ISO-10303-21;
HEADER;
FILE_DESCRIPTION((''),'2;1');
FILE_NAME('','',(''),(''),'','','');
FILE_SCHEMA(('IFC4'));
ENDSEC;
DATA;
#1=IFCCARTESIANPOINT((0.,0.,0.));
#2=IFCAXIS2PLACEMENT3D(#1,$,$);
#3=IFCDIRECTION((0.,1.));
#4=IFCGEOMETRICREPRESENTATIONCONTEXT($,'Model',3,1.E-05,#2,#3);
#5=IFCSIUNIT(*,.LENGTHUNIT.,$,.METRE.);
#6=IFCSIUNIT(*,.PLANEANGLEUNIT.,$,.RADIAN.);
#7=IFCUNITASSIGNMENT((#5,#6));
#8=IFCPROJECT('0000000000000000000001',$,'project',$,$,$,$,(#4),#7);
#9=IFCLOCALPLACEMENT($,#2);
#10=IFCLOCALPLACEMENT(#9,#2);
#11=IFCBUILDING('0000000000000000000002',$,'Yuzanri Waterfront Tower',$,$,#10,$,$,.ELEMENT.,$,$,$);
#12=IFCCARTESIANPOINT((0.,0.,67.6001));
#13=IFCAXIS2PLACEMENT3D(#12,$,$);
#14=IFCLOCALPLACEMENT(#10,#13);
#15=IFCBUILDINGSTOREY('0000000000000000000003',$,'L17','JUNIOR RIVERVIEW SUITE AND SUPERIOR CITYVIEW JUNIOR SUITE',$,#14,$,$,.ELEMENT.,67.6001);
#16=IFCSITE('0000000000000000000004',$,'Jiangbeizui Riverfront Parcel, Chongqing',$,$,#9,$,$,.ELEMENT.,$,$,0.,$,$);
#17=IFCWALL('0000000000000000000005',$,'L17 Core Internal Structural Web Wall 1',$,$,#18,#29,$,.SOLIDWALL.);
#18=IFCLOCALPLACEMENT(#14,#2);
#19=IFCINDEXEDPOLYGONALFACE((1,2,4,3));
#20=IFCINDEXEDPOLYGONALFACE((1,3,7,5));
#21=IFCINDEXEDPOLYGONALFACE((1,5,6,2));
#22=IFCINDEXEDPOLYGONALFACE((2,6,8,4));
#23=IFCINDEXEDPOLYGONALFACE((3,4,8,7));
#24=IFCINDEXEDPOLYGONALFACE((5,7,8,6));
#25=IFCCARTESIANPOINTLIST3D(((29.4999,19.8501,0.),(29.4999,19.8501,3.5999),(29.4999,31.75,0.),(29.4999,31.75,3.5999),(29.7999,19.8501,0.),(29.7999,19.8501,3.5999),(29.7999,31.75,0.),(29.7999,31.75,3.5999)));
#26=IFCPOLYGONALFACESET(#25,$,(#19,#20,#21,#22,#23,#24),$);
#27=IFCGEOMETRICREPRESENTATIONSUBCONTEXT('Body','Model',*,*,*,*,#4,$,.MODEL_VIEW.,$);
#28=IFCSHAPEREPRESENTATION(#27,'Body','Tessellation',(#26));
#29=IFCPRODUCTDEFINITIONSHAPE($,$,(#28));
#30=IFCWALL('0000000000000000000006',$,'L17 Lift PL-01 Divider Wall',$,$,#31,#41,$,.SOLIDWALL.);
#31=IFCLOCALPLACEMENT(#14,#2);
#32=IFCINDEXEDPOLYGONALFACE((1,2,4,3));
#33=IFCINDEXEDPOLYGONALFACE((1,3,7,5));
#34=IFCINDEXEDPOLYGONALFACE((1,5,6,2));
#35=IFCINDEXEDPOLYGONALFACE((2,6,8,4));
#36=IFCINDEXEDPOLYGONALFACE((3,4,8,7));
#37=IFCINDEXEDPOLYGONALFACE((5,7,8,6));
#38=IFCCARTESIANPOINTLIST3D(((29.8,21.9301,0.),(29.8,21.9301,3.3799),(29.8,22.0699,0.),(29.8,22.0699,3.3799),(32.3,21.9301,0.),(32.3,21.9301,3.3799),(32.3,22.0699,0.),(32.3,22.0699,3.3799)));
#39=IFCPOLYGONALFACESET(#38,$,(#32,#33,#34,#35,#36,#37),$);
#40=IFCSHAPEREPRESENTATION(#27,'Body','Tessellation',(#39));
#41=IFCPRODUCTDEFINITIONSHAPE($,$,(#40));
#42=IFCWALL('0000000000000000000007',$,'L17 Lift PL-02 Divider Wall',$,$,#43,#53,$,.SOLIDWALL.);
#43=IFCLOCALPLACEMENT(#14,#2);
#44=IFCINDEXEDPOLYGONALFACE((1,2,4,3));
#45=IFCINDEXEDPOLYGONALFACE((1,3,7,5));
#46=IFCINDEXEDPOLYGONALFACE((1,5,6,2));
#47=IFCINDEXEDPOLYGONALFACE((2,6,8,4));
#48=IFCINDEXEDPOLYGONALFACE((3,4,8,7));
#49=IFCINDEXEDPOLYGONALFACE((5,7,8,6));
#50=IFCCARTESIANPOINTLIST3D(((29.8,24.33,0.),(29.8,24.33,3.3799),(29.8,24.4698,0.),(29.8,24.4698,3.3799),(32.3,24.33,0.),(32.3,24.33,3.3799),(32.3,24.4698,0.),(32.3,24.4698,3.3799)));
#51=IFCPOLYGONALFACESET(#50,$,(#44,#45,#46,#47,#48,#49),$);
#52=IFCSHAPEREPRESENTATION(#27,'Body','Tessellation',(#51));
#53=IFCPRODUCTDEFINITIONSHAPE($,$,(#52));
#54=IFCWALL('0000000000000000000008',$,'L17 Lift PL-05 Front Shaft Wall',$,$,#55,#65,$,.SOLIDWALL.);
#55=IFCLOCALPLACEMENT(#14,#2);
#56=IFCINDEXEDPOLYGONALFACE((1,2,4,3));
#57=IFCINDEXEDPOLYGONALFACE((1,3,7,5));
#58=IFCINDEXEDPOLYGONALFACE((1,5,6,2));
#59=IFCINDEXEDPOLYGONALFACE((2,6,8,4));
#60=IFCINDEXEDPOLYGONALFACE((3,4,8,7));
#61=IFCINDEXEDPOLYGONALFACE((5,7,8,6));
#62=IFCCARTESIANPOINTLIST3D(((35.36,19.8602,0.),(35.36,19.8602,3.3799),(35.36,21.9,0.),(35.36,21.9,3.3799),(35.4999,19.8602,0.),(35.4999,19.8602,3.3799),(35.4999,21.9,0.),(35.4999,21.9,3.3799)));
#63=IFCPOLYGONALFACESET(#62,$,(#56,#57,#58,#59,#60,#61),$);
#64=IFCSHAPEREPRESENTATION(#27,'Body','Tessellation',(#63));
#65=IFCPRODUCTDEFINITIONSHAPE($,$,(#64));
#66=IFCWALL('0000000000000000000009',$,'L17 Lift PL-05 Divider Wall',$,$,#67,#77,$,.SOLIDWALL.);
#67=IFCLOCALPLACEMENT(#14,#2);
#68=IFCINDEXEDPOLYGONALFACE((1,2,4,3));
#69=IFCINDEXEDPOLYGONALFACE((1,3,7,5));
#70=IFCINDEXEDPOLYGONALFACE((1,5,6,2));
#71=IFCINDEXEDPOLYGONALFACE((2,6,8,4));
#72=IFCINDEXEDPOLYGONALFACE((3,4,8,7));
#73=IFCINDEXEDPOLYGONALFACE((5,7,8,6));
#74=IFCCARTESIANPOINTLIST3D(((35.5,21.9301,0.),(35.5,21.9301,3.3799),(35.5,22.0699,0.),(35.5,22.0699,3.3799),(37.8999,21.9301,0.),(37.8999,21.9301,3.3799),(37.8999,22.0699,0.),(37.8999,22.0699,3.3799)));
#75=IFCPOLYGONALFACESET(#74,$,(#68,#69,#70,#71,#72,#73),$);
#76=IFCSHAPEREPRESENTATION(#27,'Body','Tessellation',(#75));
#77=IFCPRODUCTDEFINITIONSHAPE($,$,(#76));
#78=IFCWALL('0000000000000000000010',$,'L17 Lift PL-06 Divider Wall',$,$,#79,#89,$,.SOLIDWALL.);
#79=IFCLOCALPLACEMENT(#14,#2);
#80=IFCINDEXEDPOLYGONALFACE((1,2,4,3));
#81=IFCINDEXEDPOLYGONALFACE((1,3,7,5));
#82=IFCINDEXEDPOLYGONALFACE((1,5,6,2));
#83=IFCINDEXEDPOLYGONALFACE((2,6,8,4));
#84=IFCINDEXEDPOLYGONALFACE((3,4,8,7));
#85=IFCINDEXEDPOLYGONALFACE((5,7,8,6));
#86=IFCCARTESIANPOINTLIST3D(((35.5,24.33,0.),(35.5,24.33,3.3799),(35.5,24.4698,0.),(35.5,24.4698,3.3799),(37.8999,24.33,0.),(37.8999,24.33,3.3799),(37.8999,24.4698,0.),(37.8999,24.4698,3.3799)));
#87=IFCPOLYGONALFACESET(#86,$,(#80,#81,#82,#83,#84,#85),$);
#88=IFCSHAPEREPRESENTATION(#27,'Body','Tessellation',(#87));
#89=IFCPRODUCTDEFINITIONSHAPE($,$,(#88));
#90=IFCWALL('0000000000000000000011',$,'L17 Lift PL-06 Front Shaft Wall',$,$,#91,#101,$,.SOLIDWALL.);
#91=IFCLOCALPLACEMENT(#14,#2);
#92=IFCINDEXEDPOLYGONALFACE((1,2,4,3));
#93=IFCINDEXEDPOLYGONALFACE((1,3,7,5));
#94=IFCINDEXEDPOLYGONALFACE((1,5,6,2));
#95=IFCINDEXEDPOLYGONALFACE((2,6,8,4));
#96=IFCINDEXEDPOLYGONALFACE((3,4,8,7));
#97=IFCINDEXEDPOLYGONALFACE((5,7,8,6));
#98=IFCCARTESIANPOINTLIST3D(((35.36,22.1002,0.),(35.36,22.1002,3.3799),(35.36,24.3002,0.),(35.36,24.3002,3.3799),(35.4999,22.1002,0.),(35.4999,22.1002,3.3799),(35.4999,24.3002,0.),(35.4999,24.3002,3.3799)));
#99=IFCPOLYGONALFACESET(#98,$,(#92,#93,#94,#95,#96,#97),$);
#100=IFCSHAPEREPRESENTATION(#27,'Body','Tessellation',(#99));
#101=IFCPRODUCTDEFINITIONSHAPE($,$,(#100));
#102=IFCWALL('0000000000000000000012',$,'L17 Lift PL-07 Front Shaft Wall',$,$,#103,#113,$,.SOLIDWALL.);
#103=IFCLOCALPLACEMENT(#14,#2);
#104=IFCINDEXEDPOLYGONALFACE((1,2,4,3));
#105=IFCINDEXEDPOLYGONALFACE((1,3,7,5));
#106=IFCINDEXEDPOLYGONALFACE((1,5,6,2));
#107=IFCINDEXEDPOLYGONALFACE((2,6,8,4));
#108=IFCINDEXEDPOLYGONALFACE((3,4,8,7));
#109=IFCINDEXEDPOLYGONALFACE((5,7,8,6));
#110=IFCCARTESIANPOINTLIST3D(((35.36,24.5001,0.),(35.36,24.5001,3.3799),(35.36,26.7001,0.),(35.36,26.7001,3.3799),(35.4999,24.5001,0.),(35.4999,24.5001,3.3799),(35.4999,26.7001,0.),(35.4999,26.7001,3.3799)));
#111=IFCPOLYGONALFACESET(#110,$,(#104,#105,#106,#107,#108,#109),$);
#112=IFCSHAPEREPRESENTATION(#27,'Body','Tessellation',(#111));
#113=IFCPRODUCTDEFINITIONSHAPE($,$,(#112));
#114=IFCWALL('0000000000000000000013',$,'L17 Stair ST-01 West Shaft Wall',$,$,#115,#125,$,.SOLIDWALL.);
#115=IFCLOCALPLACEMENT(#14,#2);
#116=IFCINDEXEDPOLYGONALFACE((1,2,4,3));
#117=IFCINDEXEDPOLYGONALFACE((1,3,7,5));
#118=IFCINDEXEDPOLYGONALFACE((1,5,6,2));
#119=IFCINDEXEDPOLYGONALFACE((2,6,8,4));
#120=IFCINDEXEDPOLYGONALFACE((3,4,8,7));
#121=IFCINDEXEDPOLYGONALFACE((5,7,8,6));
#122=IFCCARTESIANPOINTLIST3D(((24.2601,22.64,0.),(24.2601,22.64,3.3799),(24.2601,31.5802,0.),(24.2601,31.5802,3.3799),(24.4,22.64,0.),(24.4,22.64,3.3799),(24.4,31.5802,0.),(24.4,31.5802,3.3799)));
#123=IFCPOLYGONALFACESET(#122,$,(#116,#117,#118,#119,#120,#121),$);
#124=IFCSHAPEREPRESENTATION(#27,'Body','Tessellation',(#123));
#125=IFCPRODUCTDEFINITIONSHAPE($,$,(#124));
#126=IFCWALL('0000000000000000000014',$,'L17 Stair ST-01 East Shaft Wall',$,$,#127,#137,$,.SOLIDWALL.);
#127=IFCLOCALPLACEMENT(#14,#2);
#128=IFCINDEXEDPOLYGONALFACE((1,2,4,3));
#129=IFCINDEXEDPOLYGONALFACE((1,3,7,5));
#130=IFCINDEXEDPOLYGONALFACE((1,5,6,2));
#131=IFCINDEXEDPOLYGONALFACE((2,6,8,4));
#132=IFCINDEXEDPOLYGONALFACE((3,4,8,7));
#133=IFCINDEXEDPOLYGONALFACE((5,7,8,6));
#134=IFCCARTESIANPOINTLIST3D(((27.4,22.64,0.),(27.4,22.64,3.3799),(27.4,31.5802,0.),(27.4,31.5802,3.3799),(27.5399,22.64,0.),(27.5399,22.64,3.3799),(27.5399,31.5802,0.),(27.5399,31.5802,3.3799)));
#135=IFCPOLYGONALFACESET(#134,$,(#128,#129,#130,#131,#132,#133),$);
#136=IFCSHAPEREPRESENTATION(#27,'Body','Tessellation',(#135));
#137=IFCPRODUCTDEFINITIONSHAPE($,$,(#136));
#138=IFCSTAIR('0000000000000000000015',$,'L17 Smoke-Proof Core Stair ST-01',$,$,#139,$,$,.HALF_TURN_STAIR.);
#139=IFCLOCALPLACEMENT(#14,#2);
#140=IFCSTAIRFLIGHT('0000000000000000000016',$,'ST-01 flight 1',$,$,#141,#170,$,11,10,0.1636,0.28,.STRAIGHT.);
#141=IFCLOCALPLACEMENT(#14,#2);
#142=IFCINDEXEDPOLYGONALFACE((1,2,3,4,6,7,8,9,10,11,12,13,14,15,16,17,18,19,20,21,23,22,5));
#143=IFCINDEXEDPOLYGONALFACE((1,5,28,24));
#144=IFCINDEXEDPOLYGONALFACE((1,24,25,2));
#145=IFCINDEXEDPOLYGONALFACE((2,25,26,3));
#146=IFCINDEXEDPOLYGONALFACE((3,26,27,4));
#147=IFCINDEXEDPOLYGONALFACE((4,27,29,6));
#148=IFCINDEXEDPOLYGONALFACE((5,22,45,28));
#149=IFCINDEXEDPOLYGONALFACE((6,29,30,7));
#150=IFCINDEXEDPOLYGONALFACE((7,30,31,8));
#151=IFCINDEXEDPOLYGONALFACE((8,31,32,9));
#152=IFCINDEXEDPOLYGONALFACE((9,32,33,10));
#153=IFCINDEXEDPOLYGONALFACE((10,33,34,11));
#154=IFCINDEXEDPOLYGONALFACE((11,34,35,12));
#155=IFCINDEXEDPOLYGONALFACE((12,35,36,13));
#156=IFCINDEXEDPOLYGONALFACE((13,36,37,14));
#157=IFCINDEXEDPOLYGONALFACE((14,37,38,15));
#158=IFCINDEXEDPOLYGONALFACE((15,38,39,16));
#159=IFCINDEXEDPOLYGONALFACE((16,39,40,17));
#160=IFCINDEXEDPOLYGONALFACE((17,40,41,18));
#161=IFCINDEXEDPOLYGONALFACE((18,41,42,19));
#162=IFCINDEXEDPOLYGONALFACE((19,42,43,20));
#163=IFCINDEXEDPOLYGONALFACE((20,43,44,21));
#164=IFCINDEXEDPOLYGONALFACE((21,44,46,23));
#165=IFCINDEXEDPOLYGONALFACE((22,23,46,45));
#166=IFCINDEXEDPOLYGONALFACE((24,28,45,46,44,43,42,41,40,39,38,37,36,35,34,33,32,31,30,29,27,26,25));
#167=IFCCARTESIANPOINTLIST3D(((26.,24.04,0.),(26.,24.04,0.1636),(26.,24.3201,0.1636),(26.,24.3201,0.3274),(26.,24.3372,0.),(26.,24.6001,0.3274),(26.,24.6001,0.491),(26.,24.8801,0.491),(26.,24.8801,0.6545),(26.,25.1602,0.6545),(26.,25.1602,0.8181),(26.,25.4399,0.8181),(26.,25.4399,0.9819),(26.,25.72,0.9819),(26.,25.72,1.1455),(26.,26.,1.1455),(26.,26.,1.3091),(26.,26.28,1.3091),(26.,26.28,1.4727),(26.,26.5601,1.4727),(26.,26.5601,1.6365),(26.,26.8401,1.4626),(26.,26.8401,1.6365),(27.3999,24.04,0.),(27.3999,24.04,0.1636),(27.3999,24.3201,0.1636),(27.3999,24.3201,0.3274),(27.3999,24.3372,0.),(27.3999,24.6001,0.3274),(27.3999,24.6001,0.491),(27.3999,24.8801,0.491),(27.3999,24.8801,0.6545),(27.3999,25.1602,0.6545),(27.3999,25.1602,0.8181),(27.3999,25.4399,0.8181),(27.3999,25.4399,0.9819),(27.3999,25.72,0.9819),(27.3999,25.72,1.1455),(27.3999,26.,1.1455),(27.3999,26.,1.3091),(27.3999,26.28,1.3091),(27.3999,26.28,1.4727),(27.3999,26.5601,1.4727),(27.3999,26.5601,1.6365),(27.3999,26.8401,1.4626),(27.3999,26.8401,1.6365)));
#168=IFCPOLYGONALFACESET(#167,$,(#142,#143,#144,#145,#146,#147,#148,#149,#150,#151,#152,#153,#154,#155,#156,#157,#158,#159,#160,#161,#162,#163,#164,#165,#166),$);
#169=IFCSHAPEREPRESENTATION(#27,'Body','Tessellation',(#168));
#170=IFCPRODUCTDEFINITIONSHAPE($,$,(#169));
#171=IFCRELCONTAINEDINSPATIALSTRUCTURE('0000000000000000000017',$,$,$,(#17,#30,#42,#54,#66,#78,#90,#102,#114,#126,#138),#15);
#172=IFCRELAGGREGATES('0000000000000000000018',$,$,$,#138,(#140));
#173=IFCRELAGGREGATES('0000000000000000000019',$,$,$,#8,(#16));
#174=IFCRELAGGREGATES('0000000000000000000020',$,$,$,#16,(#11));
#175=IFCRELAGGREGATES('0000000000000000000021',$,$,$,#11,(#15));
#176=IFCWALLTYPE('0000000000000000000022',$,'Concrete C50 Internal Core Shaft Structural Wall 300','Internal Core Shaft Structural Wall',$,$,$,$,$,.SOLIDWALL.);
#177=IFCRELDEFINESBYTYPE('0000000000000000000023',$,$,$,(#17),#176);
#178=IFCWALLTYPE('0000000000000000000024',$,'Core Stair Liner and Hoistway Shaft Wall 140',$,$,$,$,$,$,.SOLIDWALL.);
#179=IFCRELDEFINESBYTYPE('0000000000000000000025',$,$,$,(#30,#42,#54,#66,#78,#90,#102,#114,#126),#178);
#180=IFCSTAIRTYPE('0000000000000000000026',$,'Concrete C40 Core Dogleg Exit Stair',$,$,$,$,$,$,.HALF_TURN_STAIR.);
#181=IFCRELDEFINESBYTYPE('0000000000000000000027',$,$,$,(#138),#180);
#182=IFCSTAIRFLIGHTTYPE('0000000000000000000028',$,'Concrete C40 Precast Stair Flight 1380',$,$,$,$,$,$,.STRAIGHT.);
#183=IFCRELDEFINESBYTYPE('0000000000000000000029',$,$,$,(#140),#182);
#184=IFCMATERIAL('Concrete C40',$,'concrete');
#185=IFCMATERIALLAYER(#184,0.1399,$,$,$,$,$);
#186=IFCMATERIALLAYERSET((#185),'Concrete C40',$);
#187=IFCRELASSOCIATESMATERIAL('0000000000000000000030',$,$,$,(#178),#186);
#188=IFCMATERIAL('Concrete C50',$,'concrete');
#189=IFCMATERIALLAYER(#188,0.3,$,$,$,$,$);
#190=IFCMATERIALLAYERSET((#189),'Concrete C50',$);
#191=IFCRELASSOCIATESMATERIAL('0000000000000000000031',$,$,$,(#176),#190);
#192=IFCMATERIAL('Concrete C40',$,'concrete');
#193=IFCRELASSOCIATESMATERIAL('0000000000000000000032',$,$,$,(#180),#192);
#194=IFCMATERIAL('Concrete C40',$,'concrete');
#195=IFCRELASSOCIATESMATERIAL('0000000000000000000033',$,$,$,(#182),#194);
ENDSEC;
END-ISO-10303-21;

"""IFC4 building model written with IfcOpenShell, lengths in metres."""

from ifc_helpers import new_model, si_unit, direction, frame, frame_2d, origin, place, context, subcontext, project, spatial, polyline, rectangle, outline, extrude, source, transform, mapped, material, layer, layer_set, type_object, element, aggregate, save


model = new_model("IFC4")

# Units and contexts
model_context = context("Model", 3, precision=1e-05, world=origin(), true_north=direction((0.0, 1.0)))
body_context = subcontext(model_context, "Body", "Model", "MODEL_VIEW")
ifc_project = project(units=[si_unit("LENGTHUNIT", "METRE"), si_unit("PLANEANGLEUNIT", "RADIAN")], contexts=[model_context])

# Site, building, storey
site_placement = place(None, origin())
site = spatial("IfcSite", under=ifc_project, at=site_placement, Name="Jiangbeizui Riverfront Parcel, Chongqing", CompositionType="ELEMENT", RefElevation=0.0)
building_placement = place(site_placement, origin())
building = spatial("IfcBuilding", under=site, at=building_placement, Name="Yuzanri Waterfront Tower", CompositionType="ELEMENT")
storey_placement = place(building_placement, frame((0.0, 0.0, 67.6001)))
storey = spatial("IfcBuildingStorey", under=building, at=storey_placement, Name="L17", Description="JUNIOR RIVERVIEW SUITE AND SUPERIOR CITYVIEW JUNIOR SUITE", CompositionType="ELEMENT", Elevation=67.6001)

# Shared definitions
ifc_material_1 = material(Name="Concrete C40", Category="concrete")
ifc_layer_1 = layer(ifc_material_1, 0.1399)
ifc_layer_set_1 = layer_set([ifc_layer_1], Name="Concrete C40")
wall_type_1 = type_object("IfcWallType", Name="Core Stair Liner and Hoistway Shaft Wall 140", PredefinedType="SOLIDWALL", material=ifc_layer_set_1)

# Walls
ifc_material_2 = material(Name="Concrete C50", Category="concrete")
ifc_layer_2 = layer(ifc_material_2, 0.3)
ifc_layer_set_2 = layer_set([ifc_layer_2], Name="Concrete C50")
wall_type_2 = type_object("IfcWallType", Name="Concrete C50 Internal Core Shaft Structural Wall 300", Description="Internal Core Shaft Structural Wall", PredefinedType="SOLIDWALL", material=ifc_layer_set_2)
shared_shape_1 = source(origin(), body_context, "Body", "SweptSolid", [
    extrude(rectangle(XDim=11.8999, YDim=0.3, at=frame_2d((5.95, 0.0))), origin(), (0.0, 0.0, 1.0), 3.5999),
])
wall_1_placement = place(storey_placement, frame((29.6499, 19.8501, 0.0), z_axis=(0.0, 0.0, 1.0), x_axis=(0.0, 1.0, 0.0)))
element("IfcWall", 1, at=wall_1_placement, inside=storey, type_object=wall_type_2, Name="L17 Core Internal Structural Web Wall 1", PredefinedType="SOLIDWALL", context=body_context, shape_type="MappedRepresentation", body=[
    mapped(shared_shape_1, transform((0.0, 0.0, 0.0), scale=1.0)),
])
shared_shape_2 = source(origin(), body_context, "Body", "SweptSolid", [
    extrude(rectangle(XDim=2.5, YDim=0.1399, at=frame_2d((1.25, 0.0))), origin(), (0.0, 0.0, 1.0), 3.3799),
])
for number, where, z_axis, x_axis, name in (
    (2, (29.8, 22.0, 0.0), (0.0, 0.0, 1.0), (1.0, 0.0, 0.0), "L17 Lift PL-01 Divider Wall"),
    (3, (29.8, 24.3999, 0.0), (0.0, 0.0, 1.0), (1.0, 0.0, 0.0), "L17 Lift PL-02 Divider Wall"),
):
    element("IfcWall", number, at=place(storey_placement, frame(where, z_axis=z_axis, x_axis=x_axis)), inside=storey, type_object=wall_type_1, Name=name, PredefinedType="SOLIDWALL", context=body_context, shape_type="MappedRepresentation", body=[
        mapped(shared_shape_2, transform((0.0, 0.0, 0.0), scale=1.0)),
    ])
shared_shape_3 = source(origin(), body_context, "Body", "SweptSolid", [
    extrude(rectangle(XDim=2.0398, YDim=0.1399, at=frame_2d((1.02, 0.0))), origin(), (0.0, 0.0, 1.0), 3.3799),
])
wall_2_placement = place(storey_placement, frame((35.4299, 19.8601, 0.0), z_axis=(0.0, 0.0, 1.0), x_axis=(0.0, 1.0, 0.0)))
element("IfcWall", 4, at=wall_2_placement, inside=storey, type_object=wall_type_1, Name="L17 Lift PL-05 Front Shaft Wall", PredefinedType="SOLIDWALL", context=body_context, shape_type="MappedRepresentation", body=[
    mapped(shared_shape_3, transform((0.0, 0.0, 0.0), scale=1.0)),
])
shared_shape_4 = source(origin(), body_context, "Body", "SweptSolid", [
    extrude(rectangle(XDim=2.3999, YDim=0.1399, at=frame_2d((1.2, 0.0))), origin(), (0.0, 0.0, 1.0), 3.3799),
])
for number, where, z_axis, x_axis, name in (
    (5, (35.5, 22.0, 0.0), (0.0, 0.0, 1.0), (1.0, 0.0, 0.0), "L17 Lift PL-05 Divider Wall"),
    (6, (35.5, 24.3999, 0.0), (0.0, 0.0, 1.0), (1.0, 0.0, 0.0), "L17 Lift PL-06 Divider Wall"),
):
    element("IfcWall", number, at=place(storey_placement, frame(where, z_axis=z_axis, x_axis=x_axis)), inside=storey, type_object=wall_type_1, Name=name, PredefinedType="SOLIDWALL", context=body_context, shape_type="MappedRepresentation", body=[
        mapped(shared_shape_4, transform((0.0, 0.0, 0.0), scale=1.0)),
    ])
shared_shape_5 = source(origin(), body_context, "Body", "SweptSolid", [
    extrude(rectangle(XDim=2.2, YDim=0.1399, at=frame_2d((1.1001, 0.0))), origin(), (0.0, 0.0, 1.0), 3.3799),
])
for number, where, z_axis, x_axis, name in (
    (7, (35.4299, 22.1001, 0.0), (0.0, 0.0, 1.0), (0.0, 1.0, 0.0), "L17 Lift PL-06 Front Shaft Wall"),
    (8, (35.4299, 24.5, 0.0), (0.0, 0.0, 1.0), (0.0, 1.0, 0.0), "L17 Lift PL-07 Front Shaft Wall"),
):
    element("IfcWall", number, at=place(storey_placement, frame(where, z_axis=z_axis, x_axis=x_axis)), inside=storey, type_object=wall_type_1, Name=name, PredefinedType="SOLIDWALL", context=body_context, shape_type="MappedRepresentation", body=[
        mapped(shared_shape_5, transform((0.0, 0.0, 0.0), scale=1.0)),
    ])
shared_shape_6 = source(origin(), body_context, "Body", "SweptSolid", [
    extrude(rectangle(XDim=8.9402, YDim=0.1399, at=frame_2d((4.4702, 0.0))), origin(), (0.0, 0.0, 1.0), 3.3799),
])
for number, where, z_axis, x_axis, name in (
    (9, (24.3301, 22.6399, 0.0), (0.0, 0.0, 1.0), (0.0, 1.0, 0.0), "L17 Stair ST-01 West Shaft Wall"),
    (10, (27.47, 22.6399, 0.0), (0.0, 0.0, 1.0), (0.0, 1.0, 0.0), "L17 Stair ST-01 East Shaft Wall"),
):
    element("IfcWall", number, at=place(storey_placement, frame(where, z_axis=z_axis, x_axis=x_axis)), inside=storey, type_object=wall_type_1, Name=name, PredefinedType="SOLIDWALL", context=body_context, shape_type="MappedRepresentation", body=[
        mapped(shared_shape_6, transform((0.0, 0.0, 0.0), scale=1.0)),
    ])

# Stair, stair flight
ifc_material_3 = material(Name="Concrete C40", Category="concrete")
stair_type = type_object("IfcStairType", Name="Concrete C40 Core Dogleg Exit Stair", PredefinedType="HALF_TURN_STAIR", material=ifc_material_3)
stair_placement = place(storey_placement, origin())
stair = element("IfcStair", 11, at=stair_placement, inside=storey, type_object=stair_type, Name="L17 Smoke-Proof Core Stair ST-01", PredefinedType="HALF_TURN_STAIR")
ifc_material_4 = material(Name="Concrete C40", Category="concrete")
stair_flight_type = type_object("IfcStairFlightType", Name="Concrete C40 Precast Stair Flight 1380", PredefinedType="STRAIGHT", material=ifc_material_4)
shared_shape_7 = source(origin(), body_context, "Body", "SweptSolid", [
    extrude(outline(polyline([(0.0, 0.0), (0.0, 0.1636), (0.28, 0.1636), (0.28, 0.3274), (0.5601, 0.3274), (0.5601, 0.491), (0.8401, 0.491), (0.8401, 0.6545), (1.1201, 0.6545), (1.1201, 0.8181), (1.3999, 0.8181), (1.3999, 0.9819), (1.6799, 0.9819), (1.6799, 1.1455), (1.96, 1.1455), (1.96, 1.3091), (2.24, 1.3091), (2.24, 1.4727), (2.52, 1.4727), (2.52, 1.6365), (2.8, 1.6365), (2.8, 1.8), (2.8, 1.4626), (0.2971, 0.0), (0.0, 0.0)])), frame((0.0, 0.7, 0.0), z_axis=(0.0, -1.0, 0.0), x_axis=(1.0, 0.0, 0.0)), (0.0, 0.0, 1.0), 1.3999),
])
stair_flight_placement = place(storey_placement, frame((26.7, 24.04, 0.0), z_axis=(0.0, 0.0, 1.0), x_axis=(0.0, 1.0, 0.0)))
stair_flight = element("IfcStairFlight", 12, at=stair_flight_placement, type_object=stair_flight_type, Name="ST-01 flight 1", NumberOfRisers=11, NumberOfTreads=10, PredefinedType="STRAIGHT", RiserHeight=0.1636, TreadLength=0.28, context=body_context, shape_type="MappedRepresentation", body=[
    mapped(shared_shape_7, transform((0.0, 0.0, 0.0), scale=1.0)),
])
aggregate(stair, [stair_flight])

save(model, "model.ifc")
